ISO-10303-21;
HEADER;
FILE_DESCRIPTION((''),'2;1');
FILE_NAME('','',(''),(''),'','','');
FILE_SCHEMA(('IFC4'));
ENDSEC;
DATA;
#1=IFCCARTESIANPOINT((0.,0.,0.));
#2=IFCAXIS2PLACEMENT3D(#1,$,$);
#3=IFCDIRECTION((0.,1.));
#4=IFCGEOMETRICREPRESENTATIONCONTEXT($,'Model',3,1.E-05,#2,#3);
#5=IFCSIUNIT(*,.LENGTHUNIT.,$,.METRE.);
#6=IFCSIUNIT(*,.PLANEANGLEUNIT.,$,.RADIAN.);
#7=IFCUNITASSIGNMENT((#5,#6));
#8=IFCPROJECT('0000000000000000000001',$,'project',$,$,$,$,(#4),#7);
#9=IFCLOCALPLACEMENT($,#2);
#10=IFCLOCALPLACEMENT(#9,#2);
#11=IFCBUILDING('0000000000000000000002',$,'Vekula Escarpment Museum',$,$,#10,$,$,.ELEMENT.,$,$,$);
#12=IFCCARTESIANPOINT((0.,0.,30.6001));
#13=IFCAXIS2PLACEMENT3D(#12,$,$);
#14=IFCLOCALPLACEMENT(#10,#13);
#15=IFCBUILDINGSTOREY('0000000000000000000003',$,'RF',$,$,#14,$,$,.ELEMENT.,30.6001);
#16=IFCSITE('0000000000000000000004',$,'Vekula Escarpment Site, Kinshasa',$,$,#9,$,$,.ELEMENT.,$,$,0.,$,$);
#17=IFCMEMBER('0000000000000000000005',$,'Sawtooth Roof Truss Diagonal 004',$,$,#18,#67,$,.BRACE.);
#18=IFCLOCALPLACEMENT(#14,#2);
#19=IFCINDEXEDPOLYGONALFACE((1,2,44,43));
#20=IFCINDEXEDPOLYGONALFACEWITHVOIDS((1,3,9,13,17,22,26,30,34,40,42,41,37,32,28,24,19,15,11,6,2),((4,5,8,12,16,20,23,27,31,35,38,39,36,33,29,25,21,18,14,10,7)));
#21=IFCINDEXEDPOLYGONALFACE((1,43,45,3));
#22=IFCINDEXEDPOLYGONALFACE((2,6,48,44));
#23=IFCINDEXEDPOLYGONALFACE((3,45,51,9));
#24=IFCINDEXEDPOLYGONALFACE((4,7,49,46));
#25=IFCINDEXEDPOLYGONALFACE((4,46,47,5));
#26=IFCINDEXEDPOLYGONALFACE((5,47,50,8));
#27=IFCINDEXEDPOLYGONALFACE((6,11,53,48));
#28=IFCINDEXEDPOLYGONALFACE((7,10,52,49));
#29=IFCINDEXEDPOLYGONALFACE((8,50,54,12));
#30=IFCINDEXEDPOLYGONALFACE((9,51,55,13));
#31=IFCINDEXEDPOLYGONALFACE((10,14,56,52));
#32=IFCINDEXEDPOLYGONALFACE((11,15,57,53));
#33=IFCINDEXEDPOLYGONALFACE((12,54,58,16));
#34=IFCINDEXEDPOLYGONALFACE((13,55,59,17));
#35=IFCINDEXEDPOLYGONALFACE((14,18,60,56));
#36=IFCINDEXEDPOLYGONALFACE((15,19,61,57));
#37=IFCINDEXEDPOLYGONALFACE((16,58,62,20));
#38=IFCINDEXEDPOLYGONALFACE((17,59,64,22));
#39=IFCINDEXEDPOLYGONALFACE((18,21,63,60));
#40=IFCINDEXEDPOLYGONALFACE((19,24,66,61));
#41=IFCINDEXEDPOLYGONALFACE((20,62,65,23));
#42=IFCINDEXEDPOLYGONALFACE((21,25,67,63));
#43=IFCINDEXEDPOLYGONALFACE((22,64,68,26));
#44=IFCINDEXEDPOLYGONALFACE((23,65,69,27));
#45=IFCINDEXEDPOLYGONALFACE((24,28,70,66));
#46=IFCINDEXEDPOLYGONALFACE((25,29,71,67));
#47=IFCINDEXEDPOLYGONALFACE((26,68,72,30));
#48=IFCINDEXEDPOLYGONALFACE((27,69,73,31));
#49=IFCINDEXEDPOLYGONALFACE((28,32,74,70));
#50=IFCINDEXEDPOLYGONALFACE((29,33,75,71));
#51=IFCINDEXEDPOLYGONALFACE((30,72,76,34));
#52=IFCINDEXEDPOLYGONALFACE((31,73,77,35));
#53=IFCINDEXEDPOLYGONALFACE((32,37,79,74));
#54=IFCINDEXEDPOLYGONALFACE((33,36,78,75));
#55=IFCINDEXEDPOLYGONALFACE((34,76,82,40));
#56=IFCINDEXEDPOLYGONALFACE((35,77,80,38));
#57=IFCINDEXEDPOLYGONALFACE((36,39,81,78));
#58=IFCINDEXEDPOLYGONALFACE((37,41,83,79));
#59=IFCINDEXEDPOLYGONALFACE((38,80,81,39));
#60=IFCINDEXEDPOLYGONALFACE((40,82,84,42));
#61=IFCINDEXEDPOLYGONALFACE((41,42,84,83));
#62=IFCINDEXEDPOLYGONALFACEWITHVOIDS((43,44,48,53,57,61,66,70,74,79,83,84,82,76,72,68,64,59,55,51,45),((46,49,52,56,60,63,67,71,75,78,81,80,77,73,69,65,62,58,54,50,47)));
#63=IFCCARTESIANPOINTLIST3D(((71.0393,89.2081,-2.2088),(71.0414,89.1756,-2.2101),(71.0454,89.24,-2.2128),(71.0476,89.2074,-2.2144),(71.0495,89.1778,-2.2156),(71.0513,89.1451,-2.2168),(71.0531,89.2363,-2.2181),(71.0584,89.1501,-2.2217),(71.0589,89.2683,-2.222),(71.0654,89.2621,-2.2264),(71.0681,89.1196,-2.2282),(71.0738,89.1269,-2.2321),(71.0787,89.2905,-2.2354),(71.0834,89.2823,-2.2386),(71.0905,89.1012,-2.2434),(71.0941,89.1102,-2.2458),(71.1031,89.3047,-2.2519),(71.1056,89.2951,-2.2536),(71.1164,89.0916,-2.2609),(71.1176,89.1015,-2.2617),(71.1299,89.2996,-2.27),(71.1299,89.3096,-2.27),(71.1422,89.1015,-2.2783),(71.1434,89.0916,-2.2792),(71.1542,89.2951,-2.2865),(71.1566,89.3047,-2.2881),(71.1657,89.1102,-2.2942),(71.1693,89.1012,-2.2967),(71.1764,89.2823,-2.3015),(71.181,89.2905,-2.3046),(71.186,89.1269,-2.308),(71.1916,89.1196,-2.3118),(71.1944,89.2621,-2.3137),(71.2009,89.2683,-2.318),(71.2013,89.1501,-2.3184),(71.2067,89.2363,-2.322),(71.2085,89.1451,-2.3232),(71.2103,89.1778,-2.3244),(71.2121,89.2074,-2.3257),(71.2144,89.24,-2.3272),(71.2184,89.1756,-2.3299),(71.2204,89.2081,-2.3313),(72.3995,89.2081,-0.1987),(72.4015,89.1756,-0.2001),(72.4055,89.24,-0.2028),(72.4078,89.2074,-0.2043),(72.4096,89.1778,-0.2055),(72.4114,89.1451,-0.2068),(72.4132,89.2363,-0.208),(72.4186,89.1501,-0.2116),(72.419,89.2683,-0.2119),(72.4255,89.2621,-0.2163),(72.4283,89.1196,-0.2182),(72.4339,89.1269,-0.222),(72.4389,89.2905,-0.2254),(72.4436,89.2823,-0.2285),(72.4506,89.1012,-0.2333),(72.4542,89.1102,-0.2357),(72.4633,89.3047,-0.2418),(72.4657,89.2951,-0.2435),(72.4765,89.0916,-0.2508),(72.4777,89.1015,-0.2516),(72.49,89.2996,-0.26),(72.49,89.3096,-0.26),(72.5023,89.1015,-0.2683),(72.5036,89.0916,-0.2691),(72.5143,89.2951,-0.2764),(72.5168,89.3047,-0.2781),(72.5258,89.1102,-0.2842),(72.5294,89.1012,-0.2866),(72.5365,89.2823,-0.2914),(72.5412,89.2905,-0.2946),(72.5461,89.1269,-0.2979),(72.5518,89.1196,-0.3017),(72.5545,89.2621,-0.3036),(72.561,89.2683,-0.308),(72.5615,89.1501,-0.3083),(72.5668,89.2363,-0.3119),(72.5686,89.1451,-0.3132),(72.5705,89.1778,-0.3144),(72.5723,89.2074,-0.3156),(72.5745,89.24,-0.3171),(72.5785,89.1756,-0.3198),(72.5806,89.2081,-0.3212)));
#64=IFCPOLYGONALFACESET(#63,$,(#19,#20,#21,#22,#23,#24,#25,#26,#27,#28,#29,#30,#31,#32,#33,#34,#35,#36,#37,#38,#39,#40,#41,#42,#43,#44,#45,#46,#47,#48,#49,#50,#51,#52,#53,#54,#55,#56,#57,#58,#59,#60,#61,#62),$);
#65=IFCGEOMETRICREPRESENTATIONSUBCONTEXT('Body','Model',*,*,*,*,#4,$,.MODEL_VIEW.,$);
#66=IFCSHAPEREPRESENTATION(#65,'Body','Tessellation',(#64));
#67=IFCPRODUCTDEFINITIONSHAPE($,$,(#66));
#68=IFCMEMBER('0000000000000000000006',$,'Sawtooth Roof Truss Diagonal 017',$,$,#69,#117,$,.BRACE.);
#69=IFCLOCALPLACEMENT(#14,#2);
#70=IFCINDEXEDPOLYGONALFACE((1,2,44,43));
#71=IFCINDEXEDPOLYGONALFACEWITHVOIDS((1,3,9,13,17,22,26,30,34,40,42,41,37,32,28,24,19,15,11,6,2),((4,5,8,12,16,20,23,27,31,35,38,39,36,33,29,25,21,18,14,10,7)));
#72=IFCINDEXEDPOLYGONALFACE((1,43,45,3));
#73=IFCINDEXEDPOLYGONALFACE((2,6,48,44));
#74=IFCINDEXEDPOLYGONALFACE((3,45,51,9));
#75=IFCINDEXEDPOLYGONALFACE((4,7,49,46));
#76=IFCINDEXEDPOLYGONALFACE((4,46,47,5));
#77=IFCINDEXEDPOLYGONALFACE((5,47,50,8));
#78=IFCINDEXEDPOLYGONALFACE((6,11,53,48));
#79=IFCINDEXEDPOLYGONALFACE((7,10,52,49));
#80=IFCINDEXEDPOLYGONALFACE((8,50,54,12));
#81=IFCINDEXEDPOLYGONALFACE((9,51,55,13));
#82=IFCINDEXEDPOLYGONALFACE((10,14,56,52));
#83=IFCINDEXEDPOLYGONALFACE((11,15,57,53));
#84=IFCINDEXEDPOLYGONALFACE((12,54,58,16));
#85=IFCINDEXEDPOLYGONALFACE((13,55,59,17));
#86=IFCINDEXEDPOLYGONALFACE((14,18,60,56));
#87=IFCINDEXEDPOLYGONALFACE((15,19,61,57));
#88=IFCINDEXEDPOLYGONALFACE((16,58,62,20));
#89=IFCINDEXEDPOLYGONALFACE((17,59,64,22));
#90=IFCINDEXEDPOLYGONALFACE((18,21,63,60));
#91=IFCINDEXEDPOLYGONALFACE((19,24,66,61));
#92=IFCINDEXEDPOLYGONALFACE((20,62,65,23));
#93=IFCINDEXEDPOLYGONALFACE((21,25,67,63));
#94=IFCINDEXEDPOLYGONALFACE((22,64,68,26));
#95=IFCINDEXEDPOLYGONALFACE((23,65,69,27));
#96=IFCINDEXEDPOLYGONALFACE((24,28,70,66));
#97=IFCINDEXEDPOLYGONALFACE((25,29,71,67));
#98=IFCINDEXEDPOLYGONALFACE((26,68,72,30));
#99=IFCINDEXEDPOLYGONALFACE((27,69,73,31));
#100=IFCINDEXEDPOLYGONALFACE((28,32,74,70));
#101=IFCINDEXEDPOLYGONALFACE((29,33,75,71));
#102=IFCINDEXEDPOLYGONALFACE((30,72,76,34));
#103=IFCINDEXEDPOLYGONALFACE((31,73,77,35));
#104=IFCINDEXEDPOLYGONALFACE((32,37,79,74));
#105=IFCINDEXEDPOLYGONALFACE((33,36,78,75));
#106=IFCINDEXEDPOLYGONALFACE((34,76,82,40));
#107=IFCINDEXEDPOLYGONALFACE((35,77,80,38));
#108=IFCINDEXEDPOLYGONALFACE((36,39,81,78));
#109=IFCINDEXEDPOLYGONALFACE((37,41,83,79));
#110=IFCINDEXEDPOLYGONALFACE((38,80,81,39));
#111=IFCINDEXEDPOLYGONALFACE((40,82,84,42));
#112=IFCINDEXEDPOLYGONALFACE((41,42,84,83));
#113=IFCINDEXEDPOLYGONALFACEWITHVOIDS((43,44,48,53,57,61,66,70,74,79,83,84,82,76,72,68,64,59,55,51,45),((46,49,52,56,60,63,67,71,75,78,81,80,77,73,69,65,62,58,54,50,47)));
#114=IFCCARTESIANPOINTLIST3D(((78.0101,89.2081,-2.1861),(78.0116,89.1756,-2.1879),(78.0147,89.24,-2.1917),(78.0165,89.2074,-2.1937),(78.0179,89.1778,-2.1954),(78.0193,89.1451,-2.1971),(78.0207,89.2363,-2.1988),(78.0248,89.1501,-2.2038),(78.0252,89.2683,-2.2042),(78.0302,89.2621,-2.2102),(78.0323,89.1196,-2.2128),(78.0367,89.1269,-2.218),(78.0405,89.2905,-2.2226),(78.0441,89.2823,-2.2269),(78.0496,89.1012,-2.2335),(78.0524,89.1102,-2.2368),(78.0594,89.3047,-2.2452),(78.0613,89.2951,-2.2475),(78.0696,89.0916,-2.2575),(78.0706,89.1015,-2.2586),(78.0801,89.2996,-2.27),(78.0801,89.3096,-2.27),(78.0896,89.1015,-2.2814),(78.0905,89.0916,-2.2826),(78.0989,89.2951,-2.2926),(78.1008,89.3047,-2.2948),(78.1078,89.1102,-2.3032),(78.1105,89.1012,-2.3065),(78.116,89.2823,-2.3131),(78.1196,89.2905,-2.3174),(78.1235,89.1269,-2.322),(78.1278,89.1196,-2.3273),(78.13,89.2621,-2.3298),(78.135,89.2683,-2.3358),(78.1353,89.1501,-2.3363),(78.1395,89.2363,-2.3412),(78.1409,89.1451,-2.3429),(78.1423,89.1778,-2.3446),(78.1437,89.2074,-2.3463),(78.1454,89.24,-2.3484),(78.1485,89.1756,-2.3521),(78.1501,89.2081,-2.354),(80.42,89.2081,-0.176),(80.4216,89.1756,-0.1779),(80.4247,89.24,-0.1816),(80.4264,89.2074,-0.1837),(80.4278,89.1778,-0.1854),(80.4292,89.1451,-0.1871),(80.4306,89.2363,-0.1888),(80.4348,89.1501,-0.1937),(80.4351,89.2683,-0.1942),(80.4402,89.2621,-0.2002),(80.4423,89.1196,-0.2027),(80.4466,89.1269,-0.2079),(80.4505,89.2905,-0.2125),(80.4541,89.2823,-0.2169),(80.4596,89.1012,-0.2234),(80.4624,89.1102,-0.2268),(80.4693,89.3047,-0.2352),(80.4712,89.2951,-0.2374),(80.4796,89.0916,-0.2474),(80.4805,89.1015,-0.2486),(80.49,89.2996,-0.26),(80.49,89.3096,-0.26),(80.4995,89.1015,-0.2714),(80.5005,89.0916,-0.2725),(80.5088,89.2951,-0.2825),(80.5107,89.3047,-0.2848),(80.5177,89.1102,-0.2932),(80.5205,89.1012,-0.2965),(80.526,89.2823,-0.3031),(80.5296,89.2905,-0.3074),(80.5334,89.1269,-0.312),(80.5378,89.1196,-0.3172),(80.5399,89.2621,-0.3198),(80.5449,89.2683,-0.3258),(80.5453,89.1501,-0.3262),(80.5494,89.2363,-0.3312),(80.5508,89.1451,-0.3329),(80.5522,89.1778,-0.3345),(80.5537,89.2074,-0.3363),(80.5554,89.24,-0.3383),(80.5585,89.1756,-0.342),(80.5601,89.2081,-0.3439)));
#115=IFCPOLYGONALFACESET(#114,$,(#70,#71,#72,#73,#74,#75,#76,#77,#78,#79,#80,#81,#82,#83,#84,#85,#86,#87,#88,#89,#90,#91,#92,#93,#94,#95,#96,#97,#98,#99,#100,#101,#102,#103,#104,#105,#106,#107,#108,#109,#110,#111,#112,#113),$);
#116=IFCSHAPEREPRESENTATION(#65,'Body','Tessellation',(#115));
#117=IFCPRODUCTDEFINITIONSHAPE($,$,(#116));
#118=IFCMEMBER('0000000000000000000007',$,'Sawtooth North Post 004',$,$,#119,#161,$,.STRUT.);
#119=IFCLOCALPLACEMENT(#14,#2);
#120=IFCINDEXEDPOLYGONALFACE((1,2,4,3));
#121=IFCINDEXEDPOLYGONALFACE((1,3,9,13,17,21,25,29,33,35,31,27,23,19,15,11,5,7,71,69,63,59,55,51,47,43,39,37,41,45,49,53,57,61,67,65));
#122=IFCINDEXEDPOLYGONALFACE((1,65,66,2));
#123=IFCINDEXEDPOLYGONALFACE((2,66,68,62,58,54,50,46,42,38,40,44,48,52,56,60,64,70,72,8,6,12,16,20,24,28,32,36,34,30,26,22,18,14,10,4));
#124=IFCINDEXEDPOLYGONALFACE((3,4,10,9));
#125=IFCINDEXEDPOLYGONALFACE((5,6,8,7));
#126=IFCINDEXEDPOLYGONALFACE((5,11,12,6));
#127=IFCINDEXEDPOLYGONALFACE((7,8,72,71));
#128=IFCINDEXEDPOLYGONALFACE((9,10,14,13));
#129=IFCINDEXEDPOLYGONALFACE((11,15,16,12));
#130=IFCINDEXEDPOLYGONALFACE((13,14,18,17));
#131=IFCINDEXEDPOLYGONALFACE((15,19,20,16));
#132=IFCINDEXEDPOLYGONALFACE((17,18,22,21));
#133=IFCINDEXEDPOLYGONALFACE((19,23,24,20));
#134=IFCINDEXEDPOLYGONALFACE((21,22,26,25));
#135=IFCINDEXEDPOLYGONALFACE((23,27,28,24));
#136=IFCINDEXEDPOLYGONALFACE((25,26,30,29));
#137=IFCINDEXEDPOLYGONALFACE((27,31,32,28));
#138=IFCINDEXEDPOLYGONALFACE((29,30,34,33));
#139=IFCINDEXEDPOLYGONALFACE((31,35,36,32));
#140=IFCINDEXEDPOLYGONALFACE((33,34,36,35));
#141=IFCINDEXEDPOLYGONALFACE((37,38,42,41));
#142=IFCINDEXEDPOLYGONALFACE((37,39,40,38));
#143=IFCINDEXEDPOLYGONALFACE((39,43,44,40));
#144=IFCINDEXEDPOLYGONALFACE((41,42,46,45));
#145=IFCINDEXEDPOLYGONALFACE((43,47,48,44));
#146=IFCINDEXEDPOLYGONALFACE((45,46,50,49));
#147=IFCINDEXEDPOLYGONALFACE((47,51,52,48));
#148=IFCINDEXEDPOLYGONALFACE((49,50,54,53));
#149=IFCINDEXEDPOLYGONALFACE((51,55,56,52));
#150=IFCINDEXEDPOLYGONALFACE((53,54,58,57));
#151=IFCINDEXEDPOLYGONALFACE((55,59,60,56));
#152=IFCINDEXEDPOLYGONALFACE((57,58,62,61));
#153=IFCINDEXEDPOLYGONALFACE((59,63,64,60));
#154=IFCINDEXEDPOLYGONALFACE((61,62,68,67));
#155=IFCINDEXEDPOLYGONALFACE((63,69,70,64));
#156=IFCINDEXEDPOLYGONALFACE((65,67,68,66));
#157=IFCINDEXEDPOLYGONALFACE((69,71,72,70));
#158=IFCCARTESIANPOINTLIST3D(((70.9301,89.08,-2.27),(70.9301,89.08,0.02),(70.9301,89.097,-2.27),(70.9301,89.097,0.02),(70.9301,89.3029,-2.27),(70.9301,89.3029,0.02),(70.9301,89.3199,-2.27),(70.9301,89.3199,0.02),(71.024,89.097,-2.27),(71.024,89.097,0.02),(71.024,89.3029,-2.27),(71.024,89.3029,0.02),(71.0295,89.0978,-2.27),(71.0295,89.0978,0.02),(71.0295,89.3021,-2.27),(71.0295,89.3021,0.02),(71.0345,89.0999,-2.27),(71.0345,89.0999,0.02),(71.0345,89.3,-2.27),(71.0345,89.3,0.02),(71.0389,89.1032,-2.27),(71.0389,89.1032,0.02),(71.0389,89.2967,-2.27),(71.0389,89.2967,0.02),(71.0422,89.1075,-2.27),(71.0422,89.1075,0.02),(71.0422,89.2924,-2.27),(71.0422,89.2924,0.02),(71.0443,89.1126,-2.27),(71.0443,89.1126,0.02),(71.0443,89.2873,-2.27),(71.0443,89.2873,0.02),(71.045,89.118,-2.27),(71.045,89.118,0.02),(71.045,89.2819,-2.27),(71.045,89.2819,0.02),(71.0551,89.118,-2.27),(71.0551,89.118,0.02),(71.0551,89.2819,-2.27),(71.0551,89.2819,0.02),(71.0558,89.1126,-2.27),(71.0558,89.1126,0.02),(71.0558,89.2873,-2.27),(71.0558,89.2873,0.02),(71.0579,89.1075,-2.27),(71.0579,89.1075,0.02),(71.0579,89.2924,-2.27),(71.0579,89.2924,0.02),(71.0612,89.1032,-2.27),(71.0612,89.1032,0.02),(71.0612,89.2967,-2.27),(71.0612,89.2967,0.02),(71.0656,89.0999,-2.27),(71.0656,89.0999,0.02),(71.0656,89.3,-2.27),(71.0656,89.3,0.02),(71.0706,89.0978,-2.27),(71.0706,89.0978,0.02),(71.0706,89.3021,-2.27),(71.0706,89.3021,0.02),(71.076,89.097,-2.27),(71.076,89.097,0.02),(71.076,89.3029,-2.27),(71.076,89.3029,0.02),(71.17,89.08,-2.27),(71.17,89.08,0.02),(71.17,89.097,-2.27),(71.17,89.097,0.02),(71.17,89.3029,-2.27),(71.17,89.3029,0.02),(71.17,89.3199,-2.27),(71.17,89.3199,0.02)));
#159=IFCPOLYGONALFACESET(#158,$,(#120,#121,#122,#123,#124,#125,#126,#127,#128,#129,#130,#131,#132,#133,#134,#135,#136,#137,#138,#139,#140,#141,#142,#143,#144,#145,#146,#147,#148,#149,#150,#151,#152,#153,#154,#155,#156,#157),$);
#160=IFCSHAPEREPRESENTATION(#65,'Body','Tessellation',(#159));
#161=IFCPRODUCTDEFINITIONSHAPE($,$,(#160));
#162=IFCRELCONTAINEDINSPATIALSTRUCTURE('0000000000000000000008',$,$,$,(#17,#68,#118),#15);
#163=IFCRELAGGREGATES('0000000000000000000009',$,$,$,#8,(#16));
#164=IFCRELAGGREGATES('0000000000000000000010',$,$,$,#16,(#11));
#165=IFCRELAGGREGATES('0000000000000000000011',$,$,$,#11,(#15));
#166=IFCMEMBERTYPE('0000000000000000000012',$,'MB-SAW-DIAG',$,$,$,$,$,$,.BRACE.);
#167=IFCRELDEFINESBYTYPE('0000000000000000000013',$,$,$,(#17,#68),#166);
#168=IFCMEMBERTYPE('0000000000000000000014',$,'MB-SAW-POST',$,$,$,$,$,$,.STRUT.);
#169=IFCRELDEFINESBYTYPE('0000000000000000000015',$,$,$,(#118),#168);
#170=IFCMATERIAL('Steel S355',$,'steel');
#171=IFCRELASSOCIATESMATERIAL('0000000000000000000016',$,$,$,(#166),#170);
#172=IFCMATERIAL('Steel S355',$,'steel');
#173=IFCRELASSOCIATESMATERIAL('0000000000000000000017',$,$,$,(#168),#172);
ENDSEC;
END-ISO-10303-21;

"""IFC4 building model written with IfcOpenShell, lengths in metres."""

from ifc_helpers import new_model, si_unit, direction, frame, origin, origin_2d, place, context, subcontext, project, spatial, hollow_circle, i_section, extrude, material, material_profile, profile_set, type_object, element, save


model = new_model("IFC4")

# Units and contexts
model_context = context("Model", 3, precision=1e-05, world=origin(), true_north=direction((0.0, 1.0)))
body_context = subcontext(model_context, "Body", "Model", "MODEL_VIEW")
ifc_project = project(units=[si_unit("LENGTHUNIT", "METRE"), si_unit("PLANEANGLEUNIT", "RADIAN")], contexts=[model_context])

# Site, building, storey
site_placement = place(None, origin())
site = spatial("IfcSite", under=ifc_project, at=site_placement, Name="Vekula Escarpment Site, Kinshasa", CompositionType="ELEMENT", RefElevation=0.0)
building_placement = place(site_placement, origin())
building = spatial("IfcBuilding", under=site, at=building_placement, Name="Vekula Escarpment Museum", CompositionType="ELEMENT")
storey_placement = place(building_placement, frame((0.0, 0.0, 30.6001)))
storey = spatial("IfcBuildingStorey", under=building, at=storey_placement, Name="RF", CompositionType="ELEMENT", Elevation=30.6001)

# Members
ifc_material_1 = material(Name="Steel S355", Category="steel")
ifc_material_profile_1 = material_profile(ifc_material_1, hollow_circle(Radius=0.1096, WallThickness=0.01, at=origin_2d()), Name="CHS 219.1x10")
ifc_profile_set_1 = profile_set([ifc_material_profile_1], Name="Steel S355")
member_type_1 = type_object("IfcMemberType", Name="MB-SAW-DIAG", PredefinedType="BRACE", material=ifc_profile_set_1)
member_1_placement = place(storey_placement, frame((71.1299, 89.2, -2.27), z_axis=(0.560421, 0.0, 0.828208), x_axis=(0.0, 1.0, 0.0)))
element("IfcMember", 1, at=member_1_placement, inside=storey, type_object=member_type_1, Name="Sawtooth Roof Truss Diagonal 004", PredefinedType="BRACE", context=body_context, shape_type="SweptSolid", body=[
    extrude(hollow_circle(Radius=0.1096, WallThickness=0.01, at=origin_2d()), origin(), (0.0, 0.0, 1.0), 2.427),
])
member_2_placement = place(storey_placement, frame((78.0801, 89.2, -2.27), z_axis=(0.767947, 0.0, 0.640513), x_axis=(0.0, 1.0, 0.0)))
element("IfcMember", 2, at=member_2_placement, inside=storey, type_object=member_type_1, Name="Sawtooth Roof Truss Diagonal 017", PredefinedType="BRACE", context=body_context, shape_type="SweptSolid", body=[
    extrude(hollow_circle(Radius=0.1096, WallThickness=0.01, at=origin_2d()), origin(), (0.0, 0.0, 1.0), 3.1382),
])
ifc_material_2 = material(Name="Steel S355", Category="steel")
ifc_material_profile_2 = material_profile(ifc_material_2, i_section(OverallWidth=0.24, OverallDepth=0.24, WebThickness=0.01, FlangeThickness=0.0171, FilletRadius=0.021, at=origin_2d()), Name="HEB 240")
ifc_profile_set_2 = profile_set([ifc_material_profile_2], Name="Steel S355")
member_type_2 = type_object("IfcMemberType", Name="MB-SAW-POST", PredefinedType="STRUT", material=ifc_profile_set_2)
for number, where, z_axis, x_axis, name in (
    (3, (71.05, 89.2, -2.27), (0.0, 0.0, 1.0), (1.0, 0.0, 0.0), "Sawtooth North Post 004"),
):
    element("IfcMember", number, at=place(storey_placement, frame(where, z_axis=z_axis, x_axis=x_axis)), inside=storey, type_object=member_type_2, Name=name, PredefinedType="STRUT", context=body_context, shape_type="SweptSolid", body=[
        extrude(i_section(OverallWidth=0.24, OverallDepth=0.24, WebThickness=0.01, FlangeThickness=0.0171, FilletRadius=0.021, at=origin_2d()), origin(), (0.0, 0.0, 1.0), 2.29),
    ])

save(model, "model.ifc")
